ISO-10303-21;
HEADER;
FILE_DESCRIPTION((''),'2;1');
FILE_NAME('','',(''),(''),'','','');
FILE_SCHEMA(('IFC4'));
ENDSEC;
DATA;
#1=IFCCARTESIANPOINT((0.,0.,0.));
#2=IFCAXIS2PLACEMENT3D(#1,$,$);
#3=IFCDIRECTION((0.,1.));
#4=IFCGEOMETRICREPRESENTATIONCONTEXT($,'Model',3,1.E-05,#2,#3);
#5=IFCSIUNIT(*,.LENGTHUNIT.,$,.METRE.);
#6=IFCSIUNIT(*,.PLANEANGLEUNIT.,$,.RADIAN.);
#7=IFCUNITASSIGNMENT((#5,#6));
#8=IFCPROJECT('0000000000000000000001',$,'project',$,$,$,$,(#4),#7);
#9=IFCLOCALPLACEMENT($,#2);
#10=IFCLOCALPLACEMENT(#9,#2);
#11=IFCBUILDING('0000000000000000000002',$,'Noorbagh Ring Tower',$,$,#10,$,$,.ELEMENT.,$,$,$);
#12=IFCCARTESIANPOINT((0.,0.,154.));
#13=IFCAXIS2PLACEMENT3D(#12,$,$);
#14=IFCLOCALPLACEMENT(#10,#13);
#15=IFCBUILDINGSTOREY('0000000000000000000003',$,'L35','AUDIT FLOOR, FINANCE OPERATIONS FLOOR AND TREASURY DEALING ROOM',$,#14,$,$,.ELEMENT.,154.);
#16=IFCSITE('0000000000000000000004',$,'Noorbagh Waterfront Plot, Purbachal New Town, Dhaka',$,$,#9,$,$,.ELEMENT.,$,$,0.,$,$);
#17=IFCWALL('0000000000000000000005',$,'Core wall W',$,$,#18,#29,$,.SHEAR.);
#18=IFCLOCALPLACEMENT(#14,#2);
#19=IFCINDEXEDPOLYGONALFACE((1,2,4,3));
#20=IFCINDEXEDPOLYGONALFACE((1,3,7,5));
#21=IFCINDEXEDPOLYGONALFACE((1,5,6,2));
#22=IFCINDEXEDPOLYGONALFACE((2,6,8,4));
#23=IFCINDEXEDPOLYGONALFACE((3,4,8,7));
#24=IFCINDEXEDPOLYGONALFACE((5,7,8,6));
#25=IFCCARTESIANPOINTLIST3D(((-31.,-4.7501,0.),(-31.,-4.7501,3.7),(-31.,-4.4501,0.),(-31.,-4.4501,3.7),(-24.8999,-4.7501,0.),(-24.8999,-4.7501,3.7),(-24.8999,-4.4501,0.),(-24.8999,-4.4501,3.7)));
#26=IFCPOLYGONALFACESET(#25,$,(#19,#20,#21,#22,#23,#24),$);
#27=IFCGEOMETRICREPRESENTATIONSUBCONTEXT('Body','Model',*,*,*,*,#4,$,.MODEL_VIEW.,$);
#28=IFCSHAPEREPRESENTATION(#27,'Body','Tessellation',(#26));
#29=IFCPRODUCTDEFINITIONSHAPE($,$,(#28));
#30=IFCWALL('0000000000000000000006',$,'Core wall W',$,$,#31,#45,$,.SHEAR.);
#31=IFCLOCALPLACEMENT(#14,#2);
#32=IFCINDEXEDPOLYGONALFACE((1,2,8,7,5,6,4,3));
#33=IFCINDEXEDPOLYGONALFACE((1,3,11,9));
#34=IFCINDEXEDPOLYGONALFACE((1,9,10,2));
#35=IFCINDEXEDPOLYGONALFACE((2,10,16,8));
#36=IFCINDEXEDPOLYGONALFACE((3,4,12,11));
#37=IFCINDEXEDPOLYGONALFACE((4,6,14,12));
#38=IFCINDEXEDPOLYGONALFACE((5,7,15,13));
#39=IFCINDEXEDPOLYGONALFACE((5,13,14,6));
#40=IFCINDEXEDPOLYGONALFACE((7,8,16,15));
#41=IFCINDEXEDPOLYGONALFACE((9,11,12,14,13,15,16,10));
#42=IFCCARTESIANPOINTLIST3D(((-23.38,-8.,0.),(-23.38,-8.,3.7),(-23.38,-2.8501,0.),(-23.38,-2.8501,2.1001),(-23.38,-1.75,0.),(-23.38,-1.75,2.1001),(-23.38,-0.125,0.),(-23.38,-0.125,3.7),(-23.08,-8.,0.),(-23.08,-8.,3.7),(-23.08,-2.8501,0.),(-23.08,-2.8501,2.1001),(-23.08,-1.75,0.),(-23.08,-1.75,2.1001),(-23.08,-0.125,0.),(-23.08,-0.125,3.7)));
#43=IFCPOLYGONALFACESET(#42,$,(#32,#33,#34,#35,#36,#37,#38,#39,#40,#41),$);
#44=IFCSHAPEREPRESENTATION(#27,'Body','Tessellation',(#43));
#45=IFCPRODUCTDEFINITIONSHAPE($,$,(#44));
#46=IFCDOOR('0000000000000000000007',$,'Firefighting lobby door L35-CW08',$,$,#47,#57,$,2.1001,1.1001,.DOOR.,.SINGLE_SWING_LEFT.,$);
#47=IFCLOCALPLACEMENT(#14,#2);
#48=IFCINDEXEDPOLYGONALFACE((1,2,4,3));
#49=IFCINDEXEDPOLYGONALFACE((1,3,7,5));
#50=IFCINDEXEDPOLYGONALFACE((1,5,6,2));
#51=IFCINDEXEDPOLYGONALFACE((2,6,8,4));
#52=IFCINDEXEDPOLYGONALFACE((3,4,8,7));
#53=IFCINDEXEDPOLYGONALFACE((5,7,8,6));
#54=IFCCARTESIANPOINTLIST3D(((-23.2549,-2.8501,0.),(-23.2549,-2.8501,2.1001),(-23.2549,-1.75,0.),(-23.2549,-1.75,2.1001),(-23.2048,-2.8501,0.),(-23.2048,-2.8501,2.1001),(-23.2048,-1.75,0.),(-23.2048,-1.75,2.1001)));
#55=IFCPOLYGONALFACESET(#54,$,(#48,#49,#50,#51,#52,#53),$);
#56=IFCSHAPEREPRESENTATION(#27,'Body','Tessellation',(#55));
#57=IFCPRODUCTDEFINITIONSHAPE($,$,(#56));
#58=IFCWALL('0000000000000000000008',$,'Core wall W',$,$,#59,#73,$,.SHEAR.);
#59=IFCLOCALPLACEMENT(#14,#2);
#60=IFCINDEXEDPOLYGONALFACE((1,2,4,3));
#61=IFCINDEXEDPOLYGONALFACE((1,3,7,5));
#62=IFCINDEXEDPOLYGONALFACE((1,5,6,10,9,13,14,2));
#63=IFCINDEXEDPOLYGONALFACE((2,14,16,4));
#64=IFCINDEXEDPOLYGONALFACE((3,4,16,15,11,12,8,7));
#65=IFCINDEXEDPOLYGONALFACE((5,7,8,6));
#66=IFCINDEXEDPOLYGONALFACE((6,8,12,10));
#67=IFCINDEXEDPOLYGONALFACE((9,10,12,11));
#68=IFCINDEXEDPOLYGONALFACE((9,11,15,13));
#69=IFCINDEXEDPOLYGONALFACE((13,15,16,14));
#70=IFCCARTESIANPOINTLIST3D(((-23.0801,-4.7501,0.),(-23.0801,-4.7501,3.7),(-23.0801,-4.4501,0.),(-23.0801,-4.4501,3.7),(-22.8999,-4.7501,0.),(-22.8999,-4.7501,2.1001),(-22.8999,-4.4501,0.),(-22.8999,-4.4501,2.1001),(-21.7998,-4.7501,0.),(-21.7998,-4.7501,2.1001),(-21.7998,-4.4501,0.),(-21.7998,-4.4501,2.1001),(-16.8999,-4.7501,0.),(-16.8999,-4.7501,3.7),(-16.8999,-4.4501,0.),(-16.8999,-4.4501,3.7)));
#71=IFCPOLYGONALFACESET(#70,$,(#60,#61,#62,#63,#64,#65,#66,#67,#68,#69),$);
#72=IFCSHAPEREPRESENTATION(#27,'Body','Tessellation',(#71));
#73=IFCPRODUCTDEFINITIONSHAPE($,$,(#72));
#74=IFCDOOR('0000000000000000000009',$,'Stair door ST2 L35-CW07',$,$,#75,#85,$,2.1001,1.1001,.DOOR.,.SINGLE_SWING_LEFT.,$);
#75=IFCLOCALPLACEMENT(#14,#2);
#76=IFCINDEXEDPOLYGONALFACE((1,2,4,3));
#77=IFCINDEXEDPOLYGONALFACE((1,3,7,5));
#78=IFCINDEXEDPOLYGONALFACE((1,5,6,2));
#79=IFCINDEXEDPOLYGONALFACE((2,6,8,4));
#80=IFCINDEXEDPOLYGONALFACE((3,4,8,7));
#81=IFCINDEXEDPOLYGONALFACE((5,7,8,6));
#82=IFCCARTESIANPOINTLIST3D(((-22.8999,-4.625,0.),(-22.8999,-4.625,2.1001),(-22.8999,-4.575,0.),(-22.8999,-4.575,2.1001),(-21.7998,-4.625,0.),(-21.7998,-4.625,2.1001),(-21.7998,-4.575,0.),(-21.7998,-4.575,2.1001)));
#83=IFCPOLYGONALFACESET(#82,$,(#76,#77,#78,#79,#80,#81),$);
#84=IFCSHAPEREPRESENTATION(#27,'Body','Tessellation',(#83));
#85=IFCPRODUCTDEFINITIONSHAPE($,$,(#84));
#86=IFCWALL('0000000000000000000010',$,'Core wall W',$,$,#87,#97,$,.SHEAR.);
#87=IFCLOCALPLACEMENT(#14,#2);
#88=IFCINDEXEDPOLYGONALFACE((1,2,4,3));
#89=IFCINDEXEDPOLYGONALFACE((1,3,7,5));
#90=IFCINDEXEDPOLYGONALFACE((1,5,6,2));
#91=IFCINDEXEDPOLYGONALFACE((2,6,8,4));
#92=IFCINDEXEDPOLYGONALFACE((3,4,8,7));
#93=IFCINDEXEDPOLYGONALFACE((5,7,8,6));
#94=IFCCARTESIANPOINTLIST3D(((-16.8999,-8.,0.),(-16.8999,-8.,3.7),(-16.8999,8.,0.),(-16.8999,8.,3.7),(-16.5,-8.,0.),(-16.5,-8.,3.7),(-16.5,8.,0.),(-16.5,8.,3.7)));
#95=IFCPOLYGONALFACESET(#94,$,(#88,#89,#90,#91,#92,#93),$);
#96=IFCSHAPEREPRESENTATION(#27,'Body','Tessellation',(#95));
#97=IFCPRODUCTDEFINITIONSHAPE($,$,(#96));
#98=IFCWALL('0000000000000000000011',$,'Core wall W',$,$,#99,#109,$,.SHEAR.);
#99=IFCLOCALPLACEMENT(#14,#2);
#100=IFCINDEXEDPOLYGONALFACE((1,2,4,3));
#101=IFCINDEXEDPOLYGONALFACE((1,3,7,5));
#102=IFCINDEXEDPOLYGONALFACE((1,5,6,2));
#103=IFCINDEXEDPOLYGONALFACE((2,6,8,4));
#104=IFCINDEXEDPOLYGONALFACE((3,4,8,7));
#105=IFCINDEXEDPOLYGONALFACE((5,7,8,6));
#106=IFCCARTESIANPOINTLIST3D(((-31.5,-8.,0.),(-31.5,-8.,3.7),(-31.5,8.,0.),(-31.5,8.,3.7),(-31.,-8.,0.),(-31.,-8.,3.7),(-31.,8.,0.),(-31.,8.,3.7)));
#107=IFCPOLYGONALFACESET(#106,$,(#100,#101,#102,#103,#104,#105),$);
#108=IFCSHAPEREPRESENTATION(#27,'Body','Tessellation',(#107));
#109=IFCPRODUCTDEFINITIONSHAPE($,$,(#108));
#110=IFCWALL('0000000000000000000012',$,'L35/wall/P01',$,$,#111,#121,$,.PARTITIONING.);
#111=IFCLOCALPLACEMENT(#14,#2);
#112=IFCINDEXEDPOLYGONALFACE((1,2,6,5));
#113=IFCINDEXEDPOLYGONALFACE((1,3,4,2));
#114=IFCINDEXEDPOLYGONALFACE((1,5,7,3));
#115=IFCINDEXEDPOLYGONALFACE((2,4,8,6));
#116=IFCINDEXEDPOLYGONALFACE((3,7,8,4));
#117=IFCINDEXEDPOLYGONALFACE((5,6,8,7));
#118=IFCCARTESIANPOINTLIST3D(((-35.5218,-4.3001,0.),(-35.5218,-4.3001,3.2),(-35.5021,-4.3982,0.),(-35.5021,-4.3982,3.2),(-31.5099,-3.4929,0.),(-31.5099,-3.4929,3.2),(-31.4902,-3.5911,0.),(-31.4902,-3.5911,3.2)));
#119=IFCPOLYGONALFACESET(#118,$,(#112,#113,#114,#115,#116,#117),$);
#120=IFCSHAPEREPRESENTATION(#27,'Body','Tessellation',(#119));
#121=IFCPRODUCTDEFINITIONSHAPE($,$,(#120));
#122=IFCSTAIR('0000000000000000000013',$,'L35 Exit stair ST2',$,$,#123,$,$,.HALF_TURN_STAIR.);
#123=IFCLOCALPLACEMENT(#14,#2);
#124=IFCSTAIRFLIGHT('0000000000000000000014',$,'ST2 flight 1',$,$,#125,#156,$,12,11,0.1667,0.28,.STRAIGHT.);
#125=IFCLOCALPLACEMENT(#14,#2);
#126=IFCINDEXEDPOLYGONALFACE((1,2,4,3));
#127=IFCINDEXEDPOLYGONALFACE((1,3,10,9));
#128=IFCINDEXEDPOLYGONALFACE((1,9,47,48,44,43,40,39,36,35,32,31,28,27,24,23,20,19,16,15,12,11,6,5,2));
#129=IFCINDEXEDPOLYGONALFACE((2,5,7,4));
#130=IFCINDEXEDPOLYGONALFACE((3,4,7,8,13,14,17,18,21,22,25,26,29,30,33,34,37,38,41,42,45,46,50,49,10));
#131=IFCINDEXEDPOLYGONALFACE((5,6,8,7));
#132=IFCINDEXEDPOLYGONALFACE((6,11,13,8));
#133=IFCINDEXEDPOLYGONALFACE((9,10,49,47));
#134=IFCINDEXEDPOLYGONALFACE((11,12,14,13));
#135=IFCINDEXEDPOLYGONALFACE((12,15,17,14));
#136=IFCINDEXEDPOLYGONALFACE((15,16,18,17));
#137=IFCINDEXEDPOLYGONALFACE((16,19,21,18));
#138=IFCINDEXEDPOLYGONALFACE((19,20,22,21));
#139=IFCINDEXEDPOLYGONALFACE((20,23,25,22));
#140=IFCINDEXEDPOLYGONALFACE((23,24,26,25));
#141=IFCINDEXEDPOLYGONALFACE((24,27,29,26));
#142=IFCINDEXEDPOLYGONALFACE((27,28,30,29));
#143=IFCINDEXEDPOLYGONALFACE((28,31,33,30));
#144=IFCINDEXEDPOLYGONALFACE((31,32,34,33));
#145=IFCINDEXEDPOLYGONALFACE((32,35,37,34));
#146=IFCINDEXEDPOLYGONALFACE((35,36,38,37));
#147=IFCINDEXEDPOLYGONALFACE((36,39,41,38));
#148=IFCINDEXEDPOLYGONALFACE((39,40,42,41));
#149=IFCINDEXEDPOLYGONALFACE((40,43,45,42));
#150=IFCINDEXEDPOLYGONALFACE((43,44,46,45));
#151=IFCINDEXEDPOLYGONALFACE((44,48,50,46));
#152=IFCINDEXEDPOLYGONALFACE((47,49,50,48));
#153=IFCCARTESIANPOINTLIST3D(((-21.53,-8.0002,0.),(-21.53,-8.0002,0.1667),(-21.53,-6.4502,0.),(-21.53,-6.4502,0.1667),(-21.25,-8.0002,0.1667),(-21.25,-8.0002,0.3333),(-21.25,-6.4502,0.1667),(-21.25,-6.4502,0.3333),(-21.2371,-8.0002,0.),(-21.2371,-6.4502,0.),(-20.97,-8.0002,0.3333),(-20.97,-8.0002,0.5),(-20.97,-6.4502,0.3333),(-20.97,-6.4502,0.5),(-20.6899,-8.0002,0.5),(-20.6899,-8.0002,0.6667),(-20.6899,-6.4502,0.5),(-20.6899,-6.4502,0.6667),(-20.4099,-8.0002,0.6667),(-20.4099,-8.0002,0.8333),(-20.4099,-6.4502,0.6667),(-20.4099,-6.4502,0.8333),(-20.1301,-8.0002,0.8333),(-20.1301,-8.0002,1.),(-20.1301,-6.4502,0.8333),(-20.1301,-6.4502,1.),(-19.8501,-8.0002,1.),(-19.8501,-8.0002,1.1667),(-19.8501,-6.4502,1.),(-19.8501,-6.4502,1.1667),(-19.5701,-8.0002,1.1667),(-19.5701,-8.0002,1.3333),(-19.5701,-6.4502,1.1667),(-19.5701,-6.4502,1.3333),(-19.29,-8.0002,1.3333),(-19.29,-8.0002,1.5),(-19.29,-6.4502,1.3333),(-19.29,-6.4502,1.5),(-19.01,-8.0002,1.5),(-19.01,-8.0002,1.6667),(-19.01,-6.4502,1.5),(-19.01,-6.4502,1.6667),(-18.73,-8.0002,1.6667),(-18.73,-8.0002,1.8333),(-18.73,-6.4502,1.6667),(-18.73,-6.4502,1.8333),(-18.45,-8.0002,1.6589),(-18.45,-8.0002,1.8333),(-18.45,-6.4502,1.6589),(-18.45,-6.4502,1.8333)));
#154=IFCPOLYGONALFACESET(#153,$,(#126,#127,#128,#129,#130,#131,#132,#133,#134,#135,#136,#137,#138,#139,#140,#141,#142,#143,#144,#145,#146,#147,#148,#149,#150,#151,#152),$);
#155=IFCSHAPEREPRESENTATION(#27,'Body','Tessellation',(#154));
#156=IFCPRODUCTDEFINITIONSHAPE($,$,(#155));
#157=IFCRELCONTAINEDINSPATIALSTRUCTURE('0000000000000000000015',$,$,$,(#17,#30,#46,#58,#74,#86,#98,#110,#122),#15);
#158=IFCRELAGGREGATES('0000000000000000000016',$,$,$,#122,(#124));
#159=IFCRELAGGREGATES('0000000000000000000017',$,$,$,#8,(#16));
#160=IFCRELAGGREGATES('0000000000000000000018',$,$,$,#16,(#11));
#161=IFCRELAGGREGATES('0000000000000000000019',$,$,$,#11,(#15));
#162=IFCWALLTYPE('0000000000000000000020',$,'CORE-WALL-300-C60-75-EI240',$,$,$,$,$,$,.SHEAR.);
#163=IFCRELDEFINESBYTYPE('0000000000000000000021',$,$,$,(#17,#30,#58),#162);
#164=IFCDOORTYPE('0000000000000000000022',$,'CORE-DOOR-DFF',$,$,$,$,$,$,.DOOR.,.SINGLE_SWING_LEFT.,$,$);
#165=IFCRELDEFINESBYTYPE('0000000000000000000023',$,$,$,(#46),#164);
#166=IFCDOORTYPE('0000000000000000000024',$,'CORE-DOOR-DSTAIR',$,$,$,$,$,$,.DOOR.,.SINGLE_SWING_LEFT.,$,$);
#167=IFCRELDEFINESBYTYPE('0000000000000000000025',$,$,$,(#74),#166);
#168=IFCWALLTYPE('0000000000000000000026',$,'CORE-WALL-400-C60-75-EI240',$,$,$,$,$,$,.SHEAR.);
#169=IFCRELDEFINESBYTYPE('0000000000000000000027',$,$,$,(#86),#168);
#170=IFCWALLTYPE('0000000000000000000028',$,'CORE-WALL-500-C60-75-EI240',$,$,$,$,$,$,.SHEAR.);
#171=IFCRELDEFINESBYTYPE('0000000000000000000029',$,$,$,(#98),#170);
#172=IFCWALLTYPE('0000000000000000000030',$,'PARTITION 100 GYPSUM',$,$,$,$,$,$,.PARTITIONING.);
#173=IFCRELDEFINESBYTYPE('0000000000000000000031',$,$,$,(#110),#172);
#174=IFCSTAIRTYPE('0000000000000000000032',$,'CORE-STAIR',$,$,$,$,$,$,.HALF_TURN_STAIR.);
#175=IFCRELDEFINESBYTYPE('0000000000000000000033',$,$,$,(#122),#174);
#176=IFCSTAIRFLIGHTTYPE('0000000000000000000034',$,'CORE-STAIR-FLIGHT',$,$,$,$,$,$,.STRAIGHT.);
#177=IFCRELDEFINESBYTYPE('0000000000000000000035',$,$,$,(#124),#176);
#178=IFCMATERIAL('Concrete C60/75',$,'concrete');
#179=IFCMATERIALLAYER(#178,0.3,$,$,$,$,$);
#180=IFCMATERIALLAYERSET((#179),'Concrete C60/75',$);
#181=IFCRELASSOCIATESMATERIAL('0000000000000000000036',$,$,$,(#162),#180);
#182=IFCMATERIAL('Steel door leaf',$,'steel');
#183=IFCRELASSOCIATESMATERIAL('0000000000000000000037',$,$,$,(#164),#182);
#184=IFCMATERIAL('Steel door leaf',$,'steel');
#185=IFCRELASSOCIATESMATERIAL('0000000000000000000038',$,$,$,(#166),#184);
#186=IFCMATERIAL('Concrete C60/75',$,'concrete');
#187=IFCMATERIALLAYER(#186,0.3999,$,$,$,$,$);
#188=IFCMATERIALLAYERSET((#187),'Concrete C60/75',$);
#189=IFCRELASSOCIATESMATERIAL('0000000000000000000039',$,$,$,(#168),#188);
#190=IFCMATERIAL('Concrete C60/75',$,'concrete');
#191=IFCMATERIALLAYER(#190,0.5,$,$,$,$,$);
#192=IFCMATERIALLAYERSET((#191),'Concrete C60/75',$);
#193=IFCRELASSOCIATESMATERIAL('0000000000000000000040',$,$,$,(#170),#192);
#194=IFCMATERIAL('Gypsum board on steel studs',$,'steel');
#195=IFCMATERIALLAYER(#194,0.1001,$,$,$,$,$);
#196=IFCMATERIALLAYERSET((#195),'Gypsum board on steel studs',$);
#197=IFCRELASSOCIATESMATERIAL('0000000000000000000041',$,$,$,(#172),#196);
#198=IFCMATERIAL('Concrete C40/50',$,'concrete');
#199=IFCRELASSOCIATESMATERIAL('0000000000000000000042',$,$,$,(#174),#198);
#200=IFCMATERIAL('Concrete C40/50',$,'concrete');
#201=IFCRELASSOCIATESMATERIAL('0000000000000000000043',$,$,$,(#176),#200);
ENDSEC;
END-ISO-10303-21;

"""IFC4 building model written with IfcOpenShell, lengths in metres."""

from ifc_helpers import new_model, si_unit, direction, frame, frame_2d, origin, place, context, subcontext, project, spatial, polyline, rectangle, outline, extrude, material, layer, layer_set, type_object, element, fill, aggregate, save


model = new_model("IFC4")

# Units and contexts
model_context = context("Model", 3, precision=1e-05, world=origin(), true_north=direction((0.0, 1.0)))
body_context = subcontext(model_context, "Body", "Model", "MODEL_VIEW")
ifc_project = project(units=[si_unit("LENGTHUNIT", "METRE"), si_unit("PLANEANGLEUNIT", "RADIAN")], contexts=[model_context])

# Site, building, storey
site_placement = place(None, origin())
site = spatial("IfcSite", under=ifc_project, at=site_placement, Name="Noorbagh Waterfront Plot, Purbachal New Town, Dhaka", CompositionType="ELEMENT", RefElevation=0.0)
building_placement = place(site_placement, origin())
building = spatial("IfcBuilding", under=site, at=building_placement, Name="Noorbagh Ring Tower", CompositionType="ELEMENT")
storey_placement = place(building_placement, frame((0.0, 0.0, 154.0)))
storey = spatial("IfcBuildingStorey", under=building, at=storey_placement, Name="L35", Description="AUDIT FLOOR, FINANCE OPERATIONS FLOOR AND TREASURY DEALING ROOM", CompositionType="ELEMENT", Elevation=154.0)

# Wall
ifc_material_1 = material(Name="Concrete C60/75", Category="concrete")
ifc_layer_1 = layer(ifc_material_1, 0.3)
ifc_layer_set_1 = layer_set([ifc_layer_1], Name="Concrete C60/75")
wall_type_1 = type_object("IfcWallType", Name="CORE-WALL-300-C60-75-EI240", PredefinedType="SHEAR", material=ifc_layer_set_1)
wall_1_placement = place(storey_placement, frame((-24.8999, -4.6001, 0.0), z_axis=(0.0, 0.0, 1.0), x_axis=(-1.0, 0.0, 0.0)))
element("IfcWall", 1, at=wall_1_placement, inside=storey, type_object=wall_type_1, Name="Core wall W", PredefinedType="SHEAR", context=body_context, shape_type="SweptSolid", body=[
    extrude(rectangle(XDim=6.1001, YDim=0.3, at=frame_2d((3.05, 0.0))), origin(), (0.0, 0.0, 1.0), 3.7),
])

# Walls, openings, doors
wall_2_placement = place(storey_placement, frame((-23.23, -8.0, 0.0), z_axis=(0.0, 0.0, 1.0), x_axis=(0.0, 1.0, 0.0)))
wall_2 = element("IfcWall", 2, at=wall_2_placement, inside=storey, type_object=wall_type_1, Name="Core wall W", PredefinedType="SHEAR", context=body_context, shape_type="SweptSolid", body=[
    extrude(rectangle(XDim=7.875, YDim=0.3, at=frame_2d((3.9375, 0.0))), origin(), (0.0, 0.0, 1.0), 3.7),
])
opening_1_placement = place(wall_2_placement, frame((5.1499, 0.0, 0.0)))
opening_1 = element("IfcOpeningElement", 3, at=opening_1_placement, cuts=wall_2, PredefinedType="OPENING", context=body_context, shape_type="SweptSolid", body=[
    extrude(rectangle(XDim=1.1001, YDim=2.1001, at=frame_2d((0.55, 1.05))), frame((0.0, 0.1602, 0.0), z_axis=(0.0, -1.0, 0.0), x_axis=(1.0, 0.0, 0.0)), (0.0, 0.0, 1.0), 0.3201),
])
ifc_material_2 = material(Name="Steel door leaf", Category="steel")
door_type_1 = type_object("IfcDoorType", Name="CORE-DOOR-DFF", OperationType="SINGLE_SWING_LEFT", PredefinedType="DOOR", material=ifc_material_2)
door_1_placement = place(opening_1_placement, origin())
door_1 = element("IfcDoor", 4, at=door_1_placement, inside=storey, type_object=door_type_1, Name="Firefighting lobby door L35-CW08", OperationType="SINGLE_SWING_LEFT", OverallHeight=2.1001, OverallWidth=1.1001, PredefinedType="DOOR", context=body_context, shape_type="SweptSolid", body=[
    extrude(rectangle(XDim=1.1001, YDim=2.1001, at=frame_2d((0.55, 1.05))), frame((0.0, 0.0249, 0.0), z_axis=(0.0, -1.0, 0.0), x_axis=(1.0, 0.0, 0.0)), (0.0, 0.0, 1.0), 0.05),
])
fill(opening_1, door_1)
wall_3_placement = place(storey_placement, frame((-16.8999, -4.6001, 0.0), z_axis=(0.0, 0.0, 1.0), x_axis=(-1.0, 0.0, 0.0)))
wall_3 = element("IfcWall", 5, at=wall_3_placement, inside=storey, type_object=wall_type_1, Name="Core wall W", PredefinedType="SHEAR", context=body_context, shape_type="SweptSolid", body=[
    extrude(rectangle(XDim=6.1802, YDim=0.3, at=frame_2d((3.0901, 0.0))), origin(), (0.0, 0.0, 1.0), 3.7),
])
opening_2_placement = place(wall_3_placement, frame((4.8999, 0.0, 0.0)))
opening_2 = element("IfcOpeningElement", 6, at=opening_2_placement, cuts=wall_3, PredefinedType="OPENING", context=body_context, shape_type="SweptSolid", body=[
    extrude(rectangle(XDim=1.1001, YDim=2.1001, at=frame_2d((0.55, 1.05))), frame((0.0, 0.1602, 0.0), z_axis=(0.0, -1.0, 0.0), x_axis=(1.0, 0.0, 0.0)), (0.0, 0.0, 1.0), 0.3201),
])
ifc_material_3 = material(Name="Steel door leaf", Category="steel")
door_type_2 = type_object("IfcDoorType", Name="CORE-DOOR-DSTAIR", OperationType="SINGLE_SWING_LEFT", PredefinedType="DOOR", material=ifc_material_3)
door_2_placement = place(opening_2_placement, origin())
door_2 = element("IfcDoor", 7, at=door_2_placement, inside=storey, type_object=door_type_2, Name="Stair door ST2 L35-CW07", OperationType="SINGLE_SWING_LEFT", OverallHeight=2.1001, OverallWidth=1.1001, PredefinedType="DOOR", context=body_context, shape_type="SweptSolid", body=[
    extrude(rectangle(XDim=1.1001, YDim=2.1001, at=frame_2d((0.55, 1.05))), frame((0.0, 0.0249, 0.0), z_axis=(0.0, -1.0, 0.0), x_axis=(1.0, 0.0, 0.0)), (0.0, 0.0, 1.0), 0.05),
])
fill(opening_2, door_2)

# Walls
ifc_material_4 = material(Name="Concrete C60/75", Category="concrete")
ifc_layer_2 = layer(ifc_material_4, 0.3999)
ifc_layer_set_2 = layer_set([ifc_layer_2], Name="Concrete C60/75")
wall_type_2 = type_object("IfcWallType", Name="CORE-WALL-400-C60-75-EI240", PredefinedType="SHEAR", material=ifc_layer_set_2)
wall_4_placement = place(storey_placement, frame((-16.7, -8.0, 0.0), z_axis=(0.0, 0.0, 1.0), x_axis=(0.0, 1.0, 0.0)))
element("IfcWall", 8, at=wall_4_placement, inside=storey, type_object=wall_type_2, Name="Core wall W", PredefinedType="SHEAR", context=body_context, shape_type="SweptSolid", body=[
    extrude(rectangle(XDim=16.0, YDim=0.3999, at=frame_2d((8.0, 0.0))), origin(), (0.0, 0.0, 1.0), 3.7),
])
ifc_material_5 = material(Name="Concrete C60/75", Category="concrete")
ifc_layer_3 = layer(ifc_material_5, 0.5)
ifc_layer_set_3 = layer_set([ifc_layer_3], Name="Concrete C60/75")
wall_type_3 = type_object("IfcWallType", Name="CORE-WALL-500-C60-75-EI240", PredefinedType="SHEAR", material=ifc_layer_set_3)
wall_5_placement = place(storey_placement, frame((-31.25, -8.0, 0.0), z_axis=(0.0, 0.0, 1.0), x_axis=(0.0, 1.0, 0.0)))
element("IfcWall", 9, at=wall_5_placement, inside=storey, type_object=wall_type_3, Name="Core wall W", PredefinedType="SHEAR", context=body_context, shape_type="SweptSolid", body=[
    extrude(rectangle(XDim=16.0, YDim=0.5, at=frame_2d((8.0, 0.0))), origin(), (0.0, 0.0, 1.0), 3.7),
])
ifc_material_6 = material(Name="Gypsum board on steel studs", Category="steel")
ifc_layer_4 = layer(ifc_material_6, 0.1001)
ifc_layer_set_4 = layer_set([ifc_layer_4], Name="Gypsum board on steel studs")
wall_type_4 = type_object("IfcWallType", Name="PARTITION 100 GYPSUM", PredefinedType="PARTITIONING", material=ifc_layer_set_4)
wall_6_placement = place(storey_placement, frame((-35.512, -4.3491, 0.0), z_axis=(0.0, 0.0, 1.0), x_axis=(0.980357, 0.197229, 0.0)))
element("IfcWall", 10, at=wall_6_placement, inside=storey, type_object=wall_type_4, Name="L35/wall/P01", PredefinedType="PARTITIONING", context=body_context, shape_type="SweptSolid", body=[
    extrude(rectangle(XDim=4.0923, YDim=0.1001, at=frame_2d((2.0461, 0.0))), origin(), (0.0, 0.0, 1.0), 3.2),
])

# Stair, stair flight
ifc_material_7 = material(Name="Concrete C40/50", Category="concrete")
stair_type = type_object("IfcStairType", Name="CORE-STAIR", PredefinedType="HALF_TURN_STAIR", material=ifc_material_7)
stair_placement = place(storey_placement, origin())
stair = element("IfcStair", 11, at=stair_placement, inside=storey, type_object=stair_type, Name="L35 Exit stair ST2", PredefinedType="HALF_TURN_STAIR")
ifc_material_8 = material(Name="Concrete C40/50", Category="concrete")
stair_flight_type = type_object("IfcStairFlightType", Name="CORE-STAIR-FLIGHT", PredefinedType="STRAIGHT", material=ifc_material_8)
stair_flight_1_placement = place(storey_placement, frame((-21.53, -7.2251, 0.0), z_axis=(0.0, 0.0, 1.0), x_axis=(1.0, 0.0, 0.0)))
stair_flight_1 = element("IfcStairFlight", 12, at=stair_flight_1_placement, type_object=stair_flight_type, Name="ST2 flight 1", NumberOfRisers=12, NumberOfTreads=11, PredefinedType="STRAIGHT", RiserHeight=0.1667, TreadLength=0.28, context=body_context, shape_type="SweptSolid", body=[
    extrude(outline(polyline([(0.0, 0.0), (0.0, 0.1667), (0.28, 0.1667), (0.28, 0.3333), (0.5601, 0.3333), (0.5601, 0.5), (0.8401, 0.5), (0.8401, 0.6667), (1.1201, 0.6667), (1.1201, 0.8333), (1.3999, 0.8333), (1.3999, 1.0), (1.6799, 1.0), (1.6799, 1.1667), (1.96, 1.1667), (1.96, 1.3333), (2.24, 1.3333), (2.24, 1.5), (2.52, 1.5), (2.52, 1.6667), (2.8, 1.6667), (2.8, 1.8333), (3.0801, 1.8333), (3.0801, 2.0), (3.0801, 1.6589), (0.293, 0.0), (0.0, 0.0)])), frame((0.0, 0.7749, 0.0), z_axis=(0.0, -1.0, 0.0), x_axis=(1.0, 0.0, 0.0)), (0.0, 0.0, 1.0), 1.55),
])
aggregate(stair, [stair_flight_1])

save(model, "model.ifc")
